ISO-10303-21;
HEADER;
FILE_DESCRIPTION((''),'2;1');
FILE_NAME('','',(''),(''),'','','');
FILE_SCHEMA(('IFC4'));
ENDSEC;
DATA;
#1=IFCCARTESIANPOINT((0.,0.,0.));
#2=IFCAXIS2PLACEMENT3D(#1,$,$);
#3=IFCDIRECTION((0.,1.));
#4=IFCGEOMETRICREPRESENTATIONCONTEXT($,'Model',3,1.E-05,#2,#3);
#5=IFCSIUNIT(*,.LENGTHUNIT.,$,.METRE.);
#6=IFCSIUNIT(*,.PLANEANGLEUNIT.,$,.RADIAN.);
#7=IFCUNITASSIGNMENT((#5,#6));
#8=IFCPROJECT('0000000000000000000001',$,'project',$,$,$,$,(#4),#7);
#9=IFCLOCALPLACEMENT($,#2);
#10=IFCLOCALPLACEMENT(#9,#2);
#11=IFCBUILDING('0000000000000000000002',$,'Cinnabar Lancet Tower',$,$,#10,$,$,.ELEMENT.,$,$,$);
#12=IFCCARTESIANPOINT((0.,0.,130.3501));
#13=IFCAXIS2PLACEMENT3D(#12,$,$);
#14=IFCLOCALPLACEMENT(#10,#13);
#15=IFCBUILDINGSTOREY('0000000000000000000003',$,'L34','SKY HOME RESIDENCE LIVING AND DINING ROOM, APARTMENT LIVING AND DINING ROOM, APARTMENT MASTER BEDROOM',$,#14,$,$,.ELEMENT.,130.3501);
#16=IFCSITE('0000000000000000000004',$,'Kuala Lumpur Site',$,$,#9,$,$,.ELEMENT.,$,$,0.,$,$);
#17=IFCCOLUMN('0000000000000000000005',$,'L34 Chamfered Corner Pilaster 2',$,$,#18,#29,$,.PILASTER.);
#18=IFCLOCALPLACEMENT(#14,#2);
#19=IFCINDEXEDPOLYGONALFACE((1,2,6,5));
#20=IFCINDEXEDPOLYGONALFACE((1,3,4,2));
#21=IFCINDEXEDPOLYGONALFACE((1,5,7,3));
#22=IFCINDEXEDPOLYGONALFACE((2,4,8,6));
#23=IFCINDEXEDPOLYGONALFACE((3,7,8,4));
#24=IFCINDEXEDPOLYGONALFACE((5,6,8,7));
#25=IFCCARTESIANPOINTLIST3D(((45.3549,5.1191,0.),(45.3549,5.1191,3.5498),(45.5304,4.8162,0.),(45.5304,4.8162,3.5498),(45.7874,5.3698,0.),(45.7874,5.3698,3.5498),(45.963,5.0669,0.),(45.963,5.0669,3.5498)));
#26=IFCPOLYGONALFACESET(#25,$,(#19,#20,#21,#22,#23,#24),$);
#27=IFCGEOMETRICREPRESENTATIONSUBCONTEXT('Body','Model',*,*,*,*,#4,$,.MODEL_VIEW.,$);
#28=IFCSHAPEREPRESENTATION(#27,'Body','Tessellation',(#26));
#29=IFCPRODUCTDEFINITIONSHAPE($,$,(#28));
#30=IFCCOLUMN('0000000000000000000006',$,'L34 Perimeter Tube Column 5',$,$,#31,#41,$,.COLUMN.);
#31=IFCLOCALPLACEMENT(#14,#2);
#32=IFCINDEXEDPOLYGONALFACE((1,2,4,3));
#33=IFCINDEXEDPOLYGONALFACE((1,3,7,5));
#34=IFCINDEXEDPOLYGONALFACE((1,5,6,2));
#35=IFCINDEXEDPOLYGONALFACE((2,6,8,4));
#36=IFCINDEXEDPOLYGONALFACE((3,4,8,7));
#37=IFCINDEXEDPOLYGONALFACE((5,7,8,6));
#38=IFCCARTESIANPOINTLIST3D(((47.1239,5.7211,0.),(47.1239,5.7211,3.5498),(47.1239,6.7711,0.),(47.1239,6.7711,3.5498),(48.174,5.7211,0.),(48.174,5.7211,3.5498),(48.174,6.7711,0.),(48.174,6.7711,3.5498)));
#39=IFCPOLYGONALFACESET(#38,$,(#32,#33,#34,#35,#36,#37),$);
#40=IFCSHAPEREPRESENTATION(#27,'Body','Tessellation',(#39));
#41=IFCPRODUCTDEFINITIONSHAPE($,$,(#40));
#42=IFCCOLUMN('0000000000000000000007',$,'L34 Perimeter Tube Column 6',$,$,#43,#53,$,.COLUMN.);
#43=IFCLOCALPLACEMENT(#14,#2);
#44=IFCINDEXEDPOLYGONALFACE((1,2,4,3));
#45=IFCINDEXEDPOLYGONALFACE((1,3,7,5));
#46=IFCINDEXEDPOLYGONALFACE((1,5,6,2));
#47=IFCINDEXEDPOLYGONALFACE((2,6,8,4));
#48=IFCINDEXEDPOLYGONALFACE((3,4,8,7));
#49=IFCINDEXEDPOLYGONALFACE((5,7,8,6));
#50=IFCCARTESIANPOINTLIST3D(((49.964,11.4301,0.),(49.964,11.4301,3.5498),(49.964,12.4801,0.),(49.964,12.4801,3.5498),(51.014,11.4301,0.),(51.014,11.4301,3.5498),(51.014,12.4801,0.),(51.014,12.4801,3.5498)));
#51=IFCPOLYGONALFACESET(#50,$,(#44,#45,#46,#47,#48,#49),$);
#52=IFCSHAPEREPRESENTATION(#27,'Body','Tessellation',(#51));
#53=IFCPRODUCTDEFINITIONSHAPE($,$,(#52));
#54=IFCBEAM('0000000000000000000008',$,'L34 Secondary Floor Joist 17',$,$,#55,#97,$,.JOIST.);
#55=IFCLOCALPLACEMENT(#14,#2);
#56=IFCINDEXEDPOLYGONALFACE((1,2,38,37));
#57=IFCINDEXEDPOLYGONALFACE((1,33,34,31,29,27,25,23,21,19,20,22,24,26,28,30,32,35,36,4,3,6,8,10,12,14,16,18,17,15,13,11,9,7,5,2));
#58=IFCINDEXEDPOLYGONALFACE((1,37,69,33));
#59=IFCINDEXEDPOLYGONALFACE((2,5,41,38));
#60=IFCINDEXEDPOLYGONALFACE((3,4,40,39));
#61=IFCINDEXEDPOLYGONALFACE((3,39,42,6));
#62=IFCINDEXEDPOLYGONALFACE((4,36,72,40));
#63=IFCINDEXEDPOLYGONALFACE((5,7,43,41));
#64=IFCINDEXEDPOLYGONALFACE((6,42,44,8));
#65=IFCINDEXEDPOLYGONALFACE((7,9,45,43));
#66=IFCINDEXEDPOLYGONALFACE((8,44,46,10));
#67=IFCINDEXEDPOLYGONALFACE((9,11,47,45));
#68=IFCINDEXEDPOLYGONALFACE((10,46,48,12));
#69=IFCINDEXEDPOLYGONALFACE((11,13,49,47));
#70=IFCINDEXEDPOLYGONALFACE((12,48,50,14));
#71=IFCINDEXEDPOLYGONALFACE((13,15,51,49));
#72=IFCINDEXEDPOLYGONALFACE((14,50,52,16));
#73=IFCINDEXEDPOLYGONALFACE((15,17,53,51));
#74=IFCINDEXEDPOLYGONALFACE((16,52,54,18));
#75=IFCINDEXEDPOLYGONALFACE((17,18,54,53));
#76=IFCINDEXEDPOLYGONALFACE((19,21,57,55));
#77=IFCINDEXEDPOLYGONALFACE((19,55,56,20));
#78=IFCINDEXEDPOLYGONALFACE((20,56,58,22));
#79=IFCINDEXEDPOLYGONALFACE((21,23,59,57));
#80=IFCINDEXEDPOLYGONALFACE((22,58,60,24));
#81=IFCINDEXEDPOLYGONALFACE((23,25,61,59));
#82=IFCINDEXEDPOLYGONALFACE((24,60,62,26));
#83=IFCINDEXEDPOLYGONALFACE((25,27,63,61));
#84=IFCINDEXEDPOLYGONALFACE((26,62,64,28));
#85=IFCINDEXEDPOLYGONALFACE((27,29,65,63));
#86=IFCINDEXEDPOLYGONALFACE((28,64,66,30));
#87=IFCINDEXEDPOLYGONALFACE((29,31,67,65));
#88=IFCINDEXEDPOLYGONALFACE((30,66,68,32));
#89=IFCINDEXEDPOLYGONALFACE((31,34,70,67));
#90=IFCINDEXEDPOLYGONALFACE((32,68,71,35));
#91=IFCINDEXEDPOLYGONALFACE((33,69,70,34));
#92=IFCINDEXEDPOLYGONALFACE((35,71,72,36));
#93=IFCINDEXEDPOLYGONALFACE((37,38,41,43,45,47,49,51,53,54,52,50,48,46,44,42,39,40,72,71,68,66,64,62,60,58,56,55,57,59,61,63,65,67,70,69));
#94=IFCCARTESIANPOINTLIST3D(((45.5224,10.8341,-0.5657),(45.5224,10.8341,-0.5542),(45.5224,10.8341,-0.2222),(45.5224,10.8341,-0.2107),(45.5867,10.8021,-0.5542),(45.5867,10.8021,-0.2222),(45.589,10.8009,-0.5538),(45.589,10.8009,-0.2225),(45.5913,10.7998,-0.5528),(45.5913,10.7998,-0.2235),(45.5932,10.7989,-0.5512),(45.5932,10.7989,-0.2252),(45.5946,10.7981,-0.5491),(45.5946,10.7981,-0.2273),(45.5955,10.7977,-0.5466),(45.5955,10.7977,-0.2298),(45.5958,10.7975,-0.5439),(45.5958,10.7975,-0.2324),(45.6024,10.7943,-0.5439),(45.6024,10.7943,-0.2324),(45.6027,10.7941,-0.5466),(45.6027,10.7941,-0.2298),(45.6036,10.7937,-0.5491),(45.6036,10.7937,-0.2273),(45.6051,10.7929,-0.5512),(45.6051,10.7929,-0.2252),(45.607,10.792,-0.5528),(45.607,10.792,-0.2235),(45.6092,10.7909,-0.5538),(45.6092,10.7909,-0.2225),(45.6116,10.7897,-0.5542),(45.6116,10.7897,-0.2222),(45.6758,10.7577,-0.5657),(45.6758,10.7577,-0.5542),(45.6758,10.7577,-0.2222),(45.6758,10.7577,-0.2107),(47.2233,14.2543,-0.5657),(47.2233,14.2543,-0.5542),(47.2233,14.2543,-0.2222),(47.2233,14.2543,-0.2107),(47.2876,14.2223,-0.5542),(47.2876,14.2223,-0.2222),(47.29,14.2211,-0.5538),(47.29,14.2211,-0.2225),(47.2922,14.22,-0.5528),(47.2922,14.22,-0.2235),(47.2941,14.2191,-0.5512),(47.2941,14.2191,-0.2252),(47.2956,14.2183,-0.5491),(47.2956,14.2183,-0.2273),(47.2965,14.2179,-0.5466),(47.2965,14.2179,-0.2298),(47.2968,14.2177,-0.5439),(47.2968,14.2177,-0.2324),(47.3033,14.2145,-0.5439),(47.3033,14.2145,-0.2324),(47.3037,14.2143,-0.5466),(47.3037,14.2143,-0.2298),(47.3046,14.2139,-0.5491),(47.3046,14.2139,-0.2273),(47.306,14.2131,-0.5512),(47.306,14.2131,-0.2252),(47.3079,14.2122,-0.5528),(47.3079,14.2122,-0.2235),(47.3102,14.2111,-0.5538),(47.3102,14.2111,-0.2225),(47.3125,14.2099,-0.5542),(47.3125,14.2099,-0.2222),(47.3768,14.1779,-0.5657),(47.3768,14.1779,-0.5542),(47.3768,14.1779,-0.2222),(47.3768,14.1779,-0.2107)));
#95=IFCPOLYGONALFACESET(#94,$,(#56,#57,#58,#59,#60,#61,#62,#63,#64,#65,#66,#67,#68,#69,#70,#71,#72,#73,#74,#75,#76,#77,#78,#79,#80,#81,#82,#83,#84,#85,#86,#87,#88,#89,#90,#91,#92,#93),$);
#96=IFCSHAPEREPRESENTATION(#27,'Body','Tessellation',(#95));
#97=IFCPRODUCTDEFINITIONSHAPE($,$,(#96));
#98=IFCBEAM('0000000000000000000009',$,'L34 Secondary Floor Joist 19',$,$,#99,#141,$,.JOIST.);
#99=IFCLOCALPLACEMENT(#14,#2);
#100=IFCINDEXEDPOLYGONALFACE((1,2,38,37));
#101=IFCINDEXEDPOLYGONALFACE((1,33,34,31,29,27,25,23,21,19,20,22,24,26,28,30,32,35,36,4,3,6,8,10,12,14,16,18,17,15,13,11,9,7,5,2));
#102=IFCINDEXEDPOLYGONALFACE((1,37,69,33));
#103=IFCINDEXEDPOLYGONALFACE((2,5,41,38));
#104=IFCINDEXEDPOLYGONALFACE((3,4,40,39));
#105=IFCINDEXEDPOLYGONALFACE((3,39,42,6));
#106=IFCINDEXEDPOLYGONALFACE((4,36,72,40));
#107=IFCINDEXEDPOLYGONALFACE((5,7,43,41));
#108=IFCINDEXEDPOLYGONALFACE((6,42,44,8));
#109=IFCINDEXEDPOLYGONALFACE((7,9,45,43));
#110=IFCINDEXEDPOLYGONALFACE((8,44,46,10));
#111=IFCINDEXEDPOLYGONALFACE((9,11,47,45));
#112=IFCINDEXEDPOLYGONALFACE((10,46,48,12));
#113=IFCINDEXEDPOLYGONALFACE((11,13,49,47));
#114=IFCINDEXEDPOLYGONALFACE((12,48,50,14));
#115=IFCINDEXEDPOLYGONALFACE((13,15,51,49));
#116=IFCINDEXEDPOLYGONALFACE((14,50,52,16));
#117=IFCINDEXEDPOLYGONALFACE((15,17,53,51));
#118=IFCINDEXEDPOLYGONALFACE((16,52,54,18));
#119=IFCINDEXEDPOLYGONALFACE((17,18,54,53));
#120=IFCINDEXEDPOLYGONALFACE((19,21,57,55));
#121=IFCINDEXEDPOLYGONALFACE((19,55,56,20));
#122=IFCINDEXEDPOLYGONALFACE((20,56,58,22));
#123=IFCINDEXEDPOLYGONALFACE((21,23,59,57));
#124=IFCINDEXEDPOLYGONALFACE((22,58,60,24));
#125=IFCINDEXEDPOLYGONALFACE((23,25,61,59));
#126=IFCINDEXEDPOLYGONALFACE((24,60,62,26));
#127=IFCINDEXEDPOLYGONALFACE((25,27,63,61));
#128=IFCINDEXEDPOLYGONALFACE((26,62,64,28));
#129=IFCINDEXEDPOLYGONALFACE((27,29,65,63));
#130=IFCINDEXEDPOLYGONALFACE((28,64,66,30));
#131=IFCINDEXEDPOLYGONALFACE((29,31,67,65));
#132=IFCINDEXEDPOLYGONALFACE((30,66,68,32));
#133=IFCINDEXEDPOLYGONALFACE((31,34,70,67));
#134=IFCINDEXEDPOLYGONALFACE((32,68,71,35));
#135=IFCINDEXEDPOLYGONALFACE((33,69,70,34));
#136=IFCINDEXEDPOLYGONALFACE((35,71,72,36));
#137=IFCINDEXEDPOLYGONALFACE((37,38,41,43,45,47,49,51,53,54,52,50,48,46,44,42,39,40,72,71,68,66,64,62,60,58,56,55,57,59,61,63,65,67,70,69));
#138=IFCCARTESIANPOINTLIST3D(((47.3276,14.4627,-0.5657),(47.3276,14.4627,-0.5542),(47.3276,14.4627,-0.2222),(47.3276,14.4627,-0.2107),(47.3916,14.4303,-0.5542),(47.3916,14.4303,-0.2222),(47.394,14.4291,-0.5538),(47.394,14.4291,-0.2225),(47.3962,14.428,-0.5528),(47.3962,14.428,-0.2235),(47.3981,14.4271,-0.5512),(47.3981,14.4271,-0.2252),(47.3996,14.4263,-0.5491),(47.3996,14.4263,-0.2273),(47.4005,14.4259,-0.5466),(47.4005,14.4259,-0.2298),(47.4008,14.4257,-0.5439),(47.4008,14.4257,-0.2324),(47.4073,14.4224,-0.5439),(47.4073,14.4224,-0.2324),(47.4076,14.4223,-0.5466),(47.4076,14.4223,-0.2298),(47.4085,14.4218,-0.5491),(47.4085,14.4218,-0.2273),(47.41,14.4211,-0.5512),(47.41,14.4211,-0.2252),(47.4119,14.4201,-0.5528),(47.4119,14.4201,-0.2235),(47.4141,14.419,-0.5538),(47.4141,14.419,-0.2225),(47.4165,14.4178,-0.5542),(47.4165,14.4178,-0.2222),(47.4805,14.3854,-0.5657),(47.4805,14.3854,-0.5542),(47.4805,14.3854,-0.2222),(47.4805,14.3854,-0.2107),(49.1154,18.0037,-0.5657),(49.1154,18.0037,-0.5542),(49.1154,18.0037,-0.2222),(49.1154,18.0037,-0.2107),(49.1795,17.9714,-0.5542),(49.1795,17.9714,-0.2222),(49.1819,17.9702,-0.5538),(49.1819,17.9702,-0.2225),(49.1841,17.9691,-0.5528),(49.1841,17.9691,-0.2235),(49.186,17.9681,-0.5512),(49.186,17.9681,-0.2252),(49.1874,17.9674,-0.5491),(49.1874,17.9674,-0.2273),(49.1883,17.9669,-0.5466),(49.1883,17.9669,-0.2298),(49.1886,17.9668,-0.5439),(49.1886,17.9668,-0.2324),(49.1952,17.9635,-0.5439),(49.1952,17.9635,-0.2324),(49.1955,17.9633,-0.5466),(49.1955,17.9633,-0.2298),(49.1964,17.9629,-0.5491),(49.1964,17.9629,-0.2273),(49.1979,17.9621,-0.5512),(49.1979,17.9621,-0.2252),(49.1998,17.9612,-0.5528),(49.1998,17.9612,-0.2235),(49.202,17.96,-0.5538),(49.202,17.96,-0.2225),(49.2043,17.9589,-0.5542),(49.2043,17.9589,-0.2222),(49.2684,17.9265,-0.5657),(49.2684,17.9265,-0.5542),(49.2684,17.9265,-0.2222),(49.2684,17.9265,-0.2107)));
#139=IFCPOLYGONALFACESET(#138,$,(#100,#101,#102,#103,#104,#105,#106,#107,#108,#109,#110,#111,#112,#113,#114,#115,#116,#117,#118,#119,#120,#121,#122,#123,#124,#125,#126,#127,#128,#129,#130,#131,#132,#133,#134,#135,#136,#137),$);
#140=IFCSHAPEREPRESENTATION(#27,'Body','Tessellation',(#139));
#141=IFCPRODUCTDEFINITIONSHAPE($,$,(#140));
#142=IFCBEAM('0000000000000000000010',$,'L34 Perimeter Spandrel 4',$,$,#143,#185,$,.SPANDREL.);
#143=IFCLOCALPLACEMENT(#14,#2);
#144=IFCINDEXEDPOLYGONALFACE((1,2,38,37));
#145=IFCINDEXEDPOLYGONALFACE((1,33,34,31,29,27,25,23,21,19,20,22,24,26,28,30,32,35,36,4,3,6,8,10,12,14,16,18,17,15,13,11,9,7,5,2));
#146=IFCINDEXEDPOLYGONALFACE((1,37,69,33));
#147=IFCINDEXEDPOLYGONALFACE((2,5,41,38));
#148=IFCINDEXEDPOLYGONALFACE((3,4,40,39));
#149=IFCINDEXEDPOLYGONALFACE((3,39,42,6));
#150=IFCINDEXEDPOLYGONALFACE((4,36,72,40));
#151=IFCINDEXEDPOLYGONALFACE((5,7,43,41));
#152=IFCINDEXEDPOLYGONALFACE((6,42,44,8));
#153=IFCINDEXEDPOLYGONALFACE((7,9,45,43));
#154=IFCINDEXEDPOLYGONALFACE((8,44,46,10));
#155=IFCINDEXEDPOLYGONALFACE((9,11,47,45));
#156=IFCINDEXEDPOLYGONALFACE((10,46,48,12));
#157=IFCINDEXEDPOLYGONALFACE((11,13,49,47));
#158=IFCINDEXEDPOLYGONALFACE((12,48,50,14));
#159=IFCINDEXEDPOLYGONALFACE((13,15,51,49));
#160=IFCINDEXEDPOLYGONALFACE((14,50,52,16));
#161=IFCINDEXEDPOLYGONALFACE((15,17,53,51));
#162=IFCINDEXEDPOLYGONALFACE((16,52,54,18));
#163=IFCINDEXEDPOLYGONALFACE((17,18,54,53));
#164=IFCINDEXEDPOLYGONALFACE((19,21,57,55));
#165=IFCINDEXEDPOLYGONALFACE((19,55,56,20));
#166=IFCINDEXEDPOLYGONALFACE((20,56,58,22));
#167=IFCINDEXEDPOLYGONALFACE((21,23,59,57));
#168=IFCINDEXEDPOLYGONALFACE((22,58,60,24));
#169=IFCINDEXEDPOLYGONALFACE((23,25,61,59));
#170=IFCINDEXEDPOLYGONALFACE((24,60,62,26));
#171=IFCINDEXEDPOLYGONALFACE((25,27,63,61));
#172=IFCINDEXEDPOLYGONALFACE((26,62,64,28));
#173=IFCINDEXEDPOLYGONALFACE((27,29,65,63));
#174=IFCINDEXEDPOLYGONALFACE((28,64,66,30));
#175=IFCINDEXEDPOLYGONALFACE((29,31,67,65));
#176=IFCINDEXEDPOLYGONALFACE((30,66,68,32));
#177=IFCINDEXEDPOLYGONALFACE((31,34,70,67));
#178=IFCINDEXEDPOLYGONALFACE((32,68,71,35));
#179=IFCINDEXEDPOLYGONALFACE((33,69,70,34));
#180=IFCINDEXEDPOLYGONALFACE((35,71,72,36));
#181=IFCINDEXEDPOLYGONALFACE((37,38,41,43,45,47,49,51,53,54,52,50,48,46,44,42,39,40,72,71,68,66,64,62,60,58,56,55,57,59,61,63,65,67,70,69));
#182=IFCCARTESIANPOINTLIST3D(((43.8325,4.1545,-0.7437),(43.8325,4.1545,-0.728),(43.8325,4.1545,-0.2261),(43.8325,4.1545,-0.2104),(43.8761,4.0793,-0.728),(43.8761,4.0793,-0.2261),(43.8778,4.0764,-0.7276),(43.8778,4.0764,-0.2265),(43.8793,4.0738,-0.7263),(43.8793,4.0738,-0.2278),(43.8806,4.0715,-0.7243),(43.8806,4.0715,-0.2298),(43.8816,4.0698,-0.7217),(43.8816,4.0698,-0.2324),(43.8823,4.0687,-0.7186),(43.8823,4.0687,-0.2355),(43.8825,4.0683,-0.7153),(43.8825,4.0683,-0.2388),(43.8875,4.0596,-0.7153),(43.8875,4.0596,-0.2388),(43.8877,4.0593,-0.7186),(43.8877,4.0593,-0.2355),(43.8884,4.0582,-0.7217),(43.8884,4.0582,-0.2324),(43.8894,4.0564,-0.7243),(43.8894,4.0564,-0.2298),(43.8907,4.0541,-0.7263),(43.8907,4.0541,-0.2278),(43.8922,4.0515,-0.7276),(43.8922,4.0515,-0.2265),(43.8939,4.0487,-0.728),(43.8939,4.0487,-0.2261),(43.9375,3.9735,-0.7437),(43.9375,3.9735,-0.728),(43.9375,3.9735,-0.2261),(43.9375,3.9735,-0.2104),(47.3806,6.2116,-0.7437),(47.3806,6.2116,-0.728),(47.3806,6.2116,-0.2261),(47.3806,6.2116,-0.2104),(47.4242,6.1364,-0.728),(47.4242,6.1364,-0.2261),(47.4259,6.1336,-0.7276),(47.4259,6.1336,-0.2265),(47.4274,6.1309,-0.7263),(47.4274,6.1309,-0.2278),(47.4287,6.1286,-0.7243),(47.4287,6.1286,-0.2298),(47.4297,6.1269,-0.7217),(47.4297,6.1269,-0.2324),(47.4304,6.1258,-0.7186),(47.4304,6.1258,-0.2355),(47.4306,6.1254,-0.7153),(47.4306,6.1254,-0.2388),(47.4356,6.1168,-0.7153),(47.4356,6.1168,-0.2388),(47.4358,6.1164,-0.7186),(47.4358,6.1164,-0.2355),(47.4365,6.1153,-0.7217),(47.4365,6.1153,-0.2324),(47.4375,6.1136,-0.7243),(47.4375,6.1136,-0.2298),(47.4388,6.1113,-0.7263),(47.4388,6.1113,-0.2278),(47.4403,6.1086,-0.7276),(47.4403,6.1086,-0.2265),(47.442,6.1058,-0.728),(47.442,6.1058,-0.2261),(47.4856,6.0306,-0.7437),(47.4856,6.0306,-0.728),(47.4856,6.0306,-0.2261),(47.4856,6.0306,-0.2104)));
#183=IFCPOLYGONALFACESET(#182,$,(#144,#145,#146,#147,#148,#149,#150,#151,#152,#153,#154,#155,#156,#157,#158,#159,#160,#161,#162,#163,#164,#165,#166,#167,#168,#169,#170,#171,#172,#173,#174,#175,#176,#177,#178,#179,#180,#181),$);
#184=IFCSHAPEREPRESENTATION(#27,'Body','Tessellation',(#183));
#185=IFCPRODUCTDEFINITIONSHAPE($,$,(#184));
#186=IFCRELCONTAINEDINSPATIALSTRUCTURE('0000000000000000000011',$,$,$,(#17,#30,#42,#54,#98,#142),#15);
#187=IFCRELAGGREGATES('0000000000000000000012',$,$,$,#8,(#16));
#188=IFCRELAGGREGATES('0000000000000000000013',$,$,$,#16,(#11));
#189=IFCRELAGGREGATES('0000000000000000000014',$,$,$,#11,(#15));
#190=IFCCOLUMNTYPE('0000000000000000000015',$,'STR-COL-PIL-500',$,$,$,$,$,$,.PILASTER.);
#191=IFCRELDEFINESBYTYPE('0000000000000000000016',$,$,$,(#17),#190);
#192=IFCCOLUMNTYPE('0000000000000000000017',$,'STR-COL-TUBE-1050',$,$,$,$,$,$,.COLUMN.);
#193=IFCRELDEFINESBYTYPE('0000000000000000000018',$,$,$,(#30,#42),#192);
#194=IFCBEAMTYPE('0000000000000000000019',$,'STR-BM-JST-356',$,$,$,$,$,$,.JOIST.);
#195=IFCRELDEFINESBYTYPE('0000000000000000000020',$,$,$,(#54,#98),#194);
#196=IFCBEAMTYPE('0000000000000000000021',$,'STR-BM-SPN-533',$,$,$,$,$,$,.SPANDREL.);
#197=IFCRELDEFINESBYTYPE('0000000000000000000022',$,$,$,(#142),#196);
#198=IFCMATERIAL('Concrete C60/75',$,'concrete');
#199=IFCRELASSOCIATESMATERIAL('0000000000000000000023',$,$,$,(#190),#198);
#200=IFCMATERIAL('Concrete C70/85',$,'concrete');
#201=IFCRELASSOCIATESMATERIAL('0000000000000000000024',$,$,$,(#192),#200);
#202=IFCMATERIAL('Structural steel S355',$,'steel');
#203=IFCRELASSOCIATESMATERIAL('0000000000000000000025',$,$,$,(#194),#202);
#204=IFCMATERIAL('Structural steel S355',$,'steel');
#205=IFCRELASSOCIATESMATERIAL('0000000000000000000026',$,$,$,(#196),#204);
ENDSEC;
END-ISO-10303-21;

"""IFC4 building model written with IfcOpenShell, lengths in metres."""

from ifc_helpers import new_model, si_unit, direction, frame, origin, origin_2d, place, context, subcontext, project, spatial, rectangle, i_section, extrude, material, material_profile, profile_set, type_object, element, save


model = new_model("IFC4")

# Units and contexts
model_context = context("Model", 3, precision=1e-05, world=origin(), true_north=direction((0.0, 1.0)))
body_context = subcontext(model_context, "Body", "Model", "MODEL_VIEW")
ifc_project = project(units=[si_unit("LENGTHUNIT", "METRE"), si_unit("PLANEANGLEUNIT", "RADIAN")], contexts=[model_context])

# Site, building, storey
site_placement = place(None, origin())
site = spatial("IfcSite", under=ifc_project, at=site_placement, Name="Kuala Lumpur Site", CompositionType="ELEMENT", RefElevation=0.0)
building_placement = place(site_placement, origin())
building = spatial("IfcBuilding", under=site, at=building_placement, Name="Cinnabar Lancet Tower", CompositionType="ELEMENT")
storey_placement = place(building_placement, frame((0.0, 0.0, 130.3501)))
storey = spatial("IfcBuildingStorey", under=building, at=storey_placement, Name="L34", Description="SKY HOME RESIDENCE LIVING AND DINING ROOM, APARTMENT LIVING AND DINING ROOM, APARTMENT MASTER BEDROOM", CompositionType="ELEMENT", Elevation=130.3501)

# Columns
ifc_material_1 = material(Name="Concrete C60/75", Category="concrete")
ifc_material_profile_1 = material_profile(ifc_material_1, rectangle(XDim=0.5, YDim=0.3501, at=origin_2d()), Name="RC-PIL 500x350")
ifc_profile_set_1 = profile_set([ifc_material_profile_1], Name="Concrete C60/75")
column_type_1 = type_object("IfcColumnType", Name="STR-COL-PIL-500", PredefinedType="PILASTER", material=ifc_profile_set_1)
column_placement = place(storey_placement, frame((45.6589, 5.093, 0.0), z_axis=(0.0, 0.0, 1.0), x_axis=(0.86516, 0.501496, 0.0)))
element("IfcColumn", 1, at=column_placement, inside=storey, type_object=column_type_1, Name="L34 Chamfered Corner Pilaster 2", PredefinedType="PILASTER", context=body_context, shape_type="SweptSolid", body=[
    extrude(rectangle(XDim=0.5, YDim=0.3501, at=origin_2d()), origin(), (0.0, 0.0, 1.0), 3.5498),
])
ifc_material_2 = material(Name="Concrete C70/85", Category="concrete")
ifc_material_profile_2 = material_profile(ifc_material_2, rectangle(XDim=1.05, YDim=1.05, at=origin_2d()), Name="RC-COL 1050x1050")
ifc_profile_set_2 = profile_set([ifc_material_profile_2], Name="Concrete C70/85")
column_type_2 = type_object("IfcColumnType", Name="STR-COL-TUBE-1050", PredefinedType="COLUMN", material=ifc_profile_set_2)
for number, where, z_axis, x_axis, name in (
    (2, (47.6489, 6.2461, 0.0), (0.0, 0.0, 1.0), (1.0, 0.0, 0.0), "L34 Perimeter Tube Column 5"),
    (3, (50.489, 11.9551, 0.0), (0.0, 0.0, 1.0), (1.0, 0.0, 0.0), "L34 Perimeter Tube Column 6"),
):
    element("IfcColumn", number, at=place(storey_placement, frame(where, z_axis=z_axis, x_axis=x_axis)), inside=storey, type_object=column_type_2, Name=name, PredefinedType="COLUMN", context=body_context, shape_type="SweptSolid", body=[
        extrude(rectangle(XDim=1.05, YDim=1.05, at=origin_2d()), origin(), (0.0, 0.0, 1.0), 3.5498),
    ])

# Beams
ifc_material_3 = material(Name="Structural steel S355", Category="steel")
ifc_material_profile_3 = material_profile(ifc_material_3, i_section(OverallWidth=0.1714, OverallDepth=0.355, WebThickness=0.0073, FlangeThickness=0.0115, FilletRadius=0.0103, at=origin_2d()), Name="UKB 356x171x51")
ifc_profile_set_3 = profile_set([ifc_material_profile_3], Name="Structural steel S355")
beam_type_1 = type_object("IfcBeamType", Name="STR-BM-JST-356", PredefinedType="JOIST", material=ifc_profile_set_3)
beam_1_placement = place(storey_placement, frame((45.5991, 10.7959, -0.3882), z_axis=(0.445295, 0.895384, 0.0), x_axis=(-0.895384, 0.445295, 0.0)))
element("IfcBeam", 4, at=beam_1_placement, inside=storey, type_object=beam_type_1, Name="L34 Secondary Floor Joist 17", PredefinedType="JOIST", context=body_context, shape_type="SweptSolid", body=[
    extrude(i_section(OverallWidth=0.1714, OverallDepth=0.355, WebThickness=0.0073, FlangeThickness=0.0115, FilletRadius=0.0103, at=origin_2d()), origin(), (0.0, 0.0, 1.0), 3.8198),
])
beam_2_placement = place(storey_placement, frame((47.4041, 14.4241, -0.3882), z_axis=(0.450706, 0.892672, 0.0), x_axis=(-0.892672, 0.450706, 0.0)))
element("IfcBeam", 5, at=beam_2_placement, inside=storey, type_object=beam_type_1, Name="L34 Secondary Floor Joist 19", PredefinedType="JOIST", context=body_context, shape_type="SweptSolid", body=[
    extrude(i_section(OverallWidth=0.1714, OverallDepth=0.355, WebThickness=0.0073, FlangeThickness=0.0115, FilletRadius=0.0103, at=origin_2d()), origin(), (0.0, 0.0, 1.0), 3.9668),
])
ifc_material_4 = material(Name="Structural steel S355", Category="steel")
ifc_material_profile_4 = material_profile(ifc_material_4, i_section(OverallWidth=0.2092, OverallDepth=0.5332, WebThickness=0.01, FlangeThickness=0.0156, FilletRadius=0.0127, at=origin_2d()), Name="UKB 533x210x92")
ifc_profile_set_4 = profile_set([ifc_material_profile_4], Name="Structural steel S355")
beam_type_2 = type_object("IfcBeamType", Name="STR-BM-SPN-533", PredefinedType="SPANDREL", material=ifc_profile_set_4)
beam_3_placement = place(storey_placement, frame((43.885, 4.064, -0.4771), z_axis=(0.865112, 0.501578, 0.0), x_axis=(-0.501578, 0.865112, 0.0)))
element("IfcBeam", 6, at=beam_3_placement, inside=storey, type_object=beam_type_2, Name="L34 Perimeter Spandrel 4", PredefinedType="SPANDREL", context=body_context, shape_type="SweptSolid", body=[
    extrude(i_section(OverallWidth=0.2092, OverallDepth=0.5332, WebThickness=0.01, FlangeThickness=0.0156, FilletRadius=0.0127, at=origin_2d()), origin(), (0.0, 0.0, 1.0), 4.1013),
])

save(model, "model.ifc")
